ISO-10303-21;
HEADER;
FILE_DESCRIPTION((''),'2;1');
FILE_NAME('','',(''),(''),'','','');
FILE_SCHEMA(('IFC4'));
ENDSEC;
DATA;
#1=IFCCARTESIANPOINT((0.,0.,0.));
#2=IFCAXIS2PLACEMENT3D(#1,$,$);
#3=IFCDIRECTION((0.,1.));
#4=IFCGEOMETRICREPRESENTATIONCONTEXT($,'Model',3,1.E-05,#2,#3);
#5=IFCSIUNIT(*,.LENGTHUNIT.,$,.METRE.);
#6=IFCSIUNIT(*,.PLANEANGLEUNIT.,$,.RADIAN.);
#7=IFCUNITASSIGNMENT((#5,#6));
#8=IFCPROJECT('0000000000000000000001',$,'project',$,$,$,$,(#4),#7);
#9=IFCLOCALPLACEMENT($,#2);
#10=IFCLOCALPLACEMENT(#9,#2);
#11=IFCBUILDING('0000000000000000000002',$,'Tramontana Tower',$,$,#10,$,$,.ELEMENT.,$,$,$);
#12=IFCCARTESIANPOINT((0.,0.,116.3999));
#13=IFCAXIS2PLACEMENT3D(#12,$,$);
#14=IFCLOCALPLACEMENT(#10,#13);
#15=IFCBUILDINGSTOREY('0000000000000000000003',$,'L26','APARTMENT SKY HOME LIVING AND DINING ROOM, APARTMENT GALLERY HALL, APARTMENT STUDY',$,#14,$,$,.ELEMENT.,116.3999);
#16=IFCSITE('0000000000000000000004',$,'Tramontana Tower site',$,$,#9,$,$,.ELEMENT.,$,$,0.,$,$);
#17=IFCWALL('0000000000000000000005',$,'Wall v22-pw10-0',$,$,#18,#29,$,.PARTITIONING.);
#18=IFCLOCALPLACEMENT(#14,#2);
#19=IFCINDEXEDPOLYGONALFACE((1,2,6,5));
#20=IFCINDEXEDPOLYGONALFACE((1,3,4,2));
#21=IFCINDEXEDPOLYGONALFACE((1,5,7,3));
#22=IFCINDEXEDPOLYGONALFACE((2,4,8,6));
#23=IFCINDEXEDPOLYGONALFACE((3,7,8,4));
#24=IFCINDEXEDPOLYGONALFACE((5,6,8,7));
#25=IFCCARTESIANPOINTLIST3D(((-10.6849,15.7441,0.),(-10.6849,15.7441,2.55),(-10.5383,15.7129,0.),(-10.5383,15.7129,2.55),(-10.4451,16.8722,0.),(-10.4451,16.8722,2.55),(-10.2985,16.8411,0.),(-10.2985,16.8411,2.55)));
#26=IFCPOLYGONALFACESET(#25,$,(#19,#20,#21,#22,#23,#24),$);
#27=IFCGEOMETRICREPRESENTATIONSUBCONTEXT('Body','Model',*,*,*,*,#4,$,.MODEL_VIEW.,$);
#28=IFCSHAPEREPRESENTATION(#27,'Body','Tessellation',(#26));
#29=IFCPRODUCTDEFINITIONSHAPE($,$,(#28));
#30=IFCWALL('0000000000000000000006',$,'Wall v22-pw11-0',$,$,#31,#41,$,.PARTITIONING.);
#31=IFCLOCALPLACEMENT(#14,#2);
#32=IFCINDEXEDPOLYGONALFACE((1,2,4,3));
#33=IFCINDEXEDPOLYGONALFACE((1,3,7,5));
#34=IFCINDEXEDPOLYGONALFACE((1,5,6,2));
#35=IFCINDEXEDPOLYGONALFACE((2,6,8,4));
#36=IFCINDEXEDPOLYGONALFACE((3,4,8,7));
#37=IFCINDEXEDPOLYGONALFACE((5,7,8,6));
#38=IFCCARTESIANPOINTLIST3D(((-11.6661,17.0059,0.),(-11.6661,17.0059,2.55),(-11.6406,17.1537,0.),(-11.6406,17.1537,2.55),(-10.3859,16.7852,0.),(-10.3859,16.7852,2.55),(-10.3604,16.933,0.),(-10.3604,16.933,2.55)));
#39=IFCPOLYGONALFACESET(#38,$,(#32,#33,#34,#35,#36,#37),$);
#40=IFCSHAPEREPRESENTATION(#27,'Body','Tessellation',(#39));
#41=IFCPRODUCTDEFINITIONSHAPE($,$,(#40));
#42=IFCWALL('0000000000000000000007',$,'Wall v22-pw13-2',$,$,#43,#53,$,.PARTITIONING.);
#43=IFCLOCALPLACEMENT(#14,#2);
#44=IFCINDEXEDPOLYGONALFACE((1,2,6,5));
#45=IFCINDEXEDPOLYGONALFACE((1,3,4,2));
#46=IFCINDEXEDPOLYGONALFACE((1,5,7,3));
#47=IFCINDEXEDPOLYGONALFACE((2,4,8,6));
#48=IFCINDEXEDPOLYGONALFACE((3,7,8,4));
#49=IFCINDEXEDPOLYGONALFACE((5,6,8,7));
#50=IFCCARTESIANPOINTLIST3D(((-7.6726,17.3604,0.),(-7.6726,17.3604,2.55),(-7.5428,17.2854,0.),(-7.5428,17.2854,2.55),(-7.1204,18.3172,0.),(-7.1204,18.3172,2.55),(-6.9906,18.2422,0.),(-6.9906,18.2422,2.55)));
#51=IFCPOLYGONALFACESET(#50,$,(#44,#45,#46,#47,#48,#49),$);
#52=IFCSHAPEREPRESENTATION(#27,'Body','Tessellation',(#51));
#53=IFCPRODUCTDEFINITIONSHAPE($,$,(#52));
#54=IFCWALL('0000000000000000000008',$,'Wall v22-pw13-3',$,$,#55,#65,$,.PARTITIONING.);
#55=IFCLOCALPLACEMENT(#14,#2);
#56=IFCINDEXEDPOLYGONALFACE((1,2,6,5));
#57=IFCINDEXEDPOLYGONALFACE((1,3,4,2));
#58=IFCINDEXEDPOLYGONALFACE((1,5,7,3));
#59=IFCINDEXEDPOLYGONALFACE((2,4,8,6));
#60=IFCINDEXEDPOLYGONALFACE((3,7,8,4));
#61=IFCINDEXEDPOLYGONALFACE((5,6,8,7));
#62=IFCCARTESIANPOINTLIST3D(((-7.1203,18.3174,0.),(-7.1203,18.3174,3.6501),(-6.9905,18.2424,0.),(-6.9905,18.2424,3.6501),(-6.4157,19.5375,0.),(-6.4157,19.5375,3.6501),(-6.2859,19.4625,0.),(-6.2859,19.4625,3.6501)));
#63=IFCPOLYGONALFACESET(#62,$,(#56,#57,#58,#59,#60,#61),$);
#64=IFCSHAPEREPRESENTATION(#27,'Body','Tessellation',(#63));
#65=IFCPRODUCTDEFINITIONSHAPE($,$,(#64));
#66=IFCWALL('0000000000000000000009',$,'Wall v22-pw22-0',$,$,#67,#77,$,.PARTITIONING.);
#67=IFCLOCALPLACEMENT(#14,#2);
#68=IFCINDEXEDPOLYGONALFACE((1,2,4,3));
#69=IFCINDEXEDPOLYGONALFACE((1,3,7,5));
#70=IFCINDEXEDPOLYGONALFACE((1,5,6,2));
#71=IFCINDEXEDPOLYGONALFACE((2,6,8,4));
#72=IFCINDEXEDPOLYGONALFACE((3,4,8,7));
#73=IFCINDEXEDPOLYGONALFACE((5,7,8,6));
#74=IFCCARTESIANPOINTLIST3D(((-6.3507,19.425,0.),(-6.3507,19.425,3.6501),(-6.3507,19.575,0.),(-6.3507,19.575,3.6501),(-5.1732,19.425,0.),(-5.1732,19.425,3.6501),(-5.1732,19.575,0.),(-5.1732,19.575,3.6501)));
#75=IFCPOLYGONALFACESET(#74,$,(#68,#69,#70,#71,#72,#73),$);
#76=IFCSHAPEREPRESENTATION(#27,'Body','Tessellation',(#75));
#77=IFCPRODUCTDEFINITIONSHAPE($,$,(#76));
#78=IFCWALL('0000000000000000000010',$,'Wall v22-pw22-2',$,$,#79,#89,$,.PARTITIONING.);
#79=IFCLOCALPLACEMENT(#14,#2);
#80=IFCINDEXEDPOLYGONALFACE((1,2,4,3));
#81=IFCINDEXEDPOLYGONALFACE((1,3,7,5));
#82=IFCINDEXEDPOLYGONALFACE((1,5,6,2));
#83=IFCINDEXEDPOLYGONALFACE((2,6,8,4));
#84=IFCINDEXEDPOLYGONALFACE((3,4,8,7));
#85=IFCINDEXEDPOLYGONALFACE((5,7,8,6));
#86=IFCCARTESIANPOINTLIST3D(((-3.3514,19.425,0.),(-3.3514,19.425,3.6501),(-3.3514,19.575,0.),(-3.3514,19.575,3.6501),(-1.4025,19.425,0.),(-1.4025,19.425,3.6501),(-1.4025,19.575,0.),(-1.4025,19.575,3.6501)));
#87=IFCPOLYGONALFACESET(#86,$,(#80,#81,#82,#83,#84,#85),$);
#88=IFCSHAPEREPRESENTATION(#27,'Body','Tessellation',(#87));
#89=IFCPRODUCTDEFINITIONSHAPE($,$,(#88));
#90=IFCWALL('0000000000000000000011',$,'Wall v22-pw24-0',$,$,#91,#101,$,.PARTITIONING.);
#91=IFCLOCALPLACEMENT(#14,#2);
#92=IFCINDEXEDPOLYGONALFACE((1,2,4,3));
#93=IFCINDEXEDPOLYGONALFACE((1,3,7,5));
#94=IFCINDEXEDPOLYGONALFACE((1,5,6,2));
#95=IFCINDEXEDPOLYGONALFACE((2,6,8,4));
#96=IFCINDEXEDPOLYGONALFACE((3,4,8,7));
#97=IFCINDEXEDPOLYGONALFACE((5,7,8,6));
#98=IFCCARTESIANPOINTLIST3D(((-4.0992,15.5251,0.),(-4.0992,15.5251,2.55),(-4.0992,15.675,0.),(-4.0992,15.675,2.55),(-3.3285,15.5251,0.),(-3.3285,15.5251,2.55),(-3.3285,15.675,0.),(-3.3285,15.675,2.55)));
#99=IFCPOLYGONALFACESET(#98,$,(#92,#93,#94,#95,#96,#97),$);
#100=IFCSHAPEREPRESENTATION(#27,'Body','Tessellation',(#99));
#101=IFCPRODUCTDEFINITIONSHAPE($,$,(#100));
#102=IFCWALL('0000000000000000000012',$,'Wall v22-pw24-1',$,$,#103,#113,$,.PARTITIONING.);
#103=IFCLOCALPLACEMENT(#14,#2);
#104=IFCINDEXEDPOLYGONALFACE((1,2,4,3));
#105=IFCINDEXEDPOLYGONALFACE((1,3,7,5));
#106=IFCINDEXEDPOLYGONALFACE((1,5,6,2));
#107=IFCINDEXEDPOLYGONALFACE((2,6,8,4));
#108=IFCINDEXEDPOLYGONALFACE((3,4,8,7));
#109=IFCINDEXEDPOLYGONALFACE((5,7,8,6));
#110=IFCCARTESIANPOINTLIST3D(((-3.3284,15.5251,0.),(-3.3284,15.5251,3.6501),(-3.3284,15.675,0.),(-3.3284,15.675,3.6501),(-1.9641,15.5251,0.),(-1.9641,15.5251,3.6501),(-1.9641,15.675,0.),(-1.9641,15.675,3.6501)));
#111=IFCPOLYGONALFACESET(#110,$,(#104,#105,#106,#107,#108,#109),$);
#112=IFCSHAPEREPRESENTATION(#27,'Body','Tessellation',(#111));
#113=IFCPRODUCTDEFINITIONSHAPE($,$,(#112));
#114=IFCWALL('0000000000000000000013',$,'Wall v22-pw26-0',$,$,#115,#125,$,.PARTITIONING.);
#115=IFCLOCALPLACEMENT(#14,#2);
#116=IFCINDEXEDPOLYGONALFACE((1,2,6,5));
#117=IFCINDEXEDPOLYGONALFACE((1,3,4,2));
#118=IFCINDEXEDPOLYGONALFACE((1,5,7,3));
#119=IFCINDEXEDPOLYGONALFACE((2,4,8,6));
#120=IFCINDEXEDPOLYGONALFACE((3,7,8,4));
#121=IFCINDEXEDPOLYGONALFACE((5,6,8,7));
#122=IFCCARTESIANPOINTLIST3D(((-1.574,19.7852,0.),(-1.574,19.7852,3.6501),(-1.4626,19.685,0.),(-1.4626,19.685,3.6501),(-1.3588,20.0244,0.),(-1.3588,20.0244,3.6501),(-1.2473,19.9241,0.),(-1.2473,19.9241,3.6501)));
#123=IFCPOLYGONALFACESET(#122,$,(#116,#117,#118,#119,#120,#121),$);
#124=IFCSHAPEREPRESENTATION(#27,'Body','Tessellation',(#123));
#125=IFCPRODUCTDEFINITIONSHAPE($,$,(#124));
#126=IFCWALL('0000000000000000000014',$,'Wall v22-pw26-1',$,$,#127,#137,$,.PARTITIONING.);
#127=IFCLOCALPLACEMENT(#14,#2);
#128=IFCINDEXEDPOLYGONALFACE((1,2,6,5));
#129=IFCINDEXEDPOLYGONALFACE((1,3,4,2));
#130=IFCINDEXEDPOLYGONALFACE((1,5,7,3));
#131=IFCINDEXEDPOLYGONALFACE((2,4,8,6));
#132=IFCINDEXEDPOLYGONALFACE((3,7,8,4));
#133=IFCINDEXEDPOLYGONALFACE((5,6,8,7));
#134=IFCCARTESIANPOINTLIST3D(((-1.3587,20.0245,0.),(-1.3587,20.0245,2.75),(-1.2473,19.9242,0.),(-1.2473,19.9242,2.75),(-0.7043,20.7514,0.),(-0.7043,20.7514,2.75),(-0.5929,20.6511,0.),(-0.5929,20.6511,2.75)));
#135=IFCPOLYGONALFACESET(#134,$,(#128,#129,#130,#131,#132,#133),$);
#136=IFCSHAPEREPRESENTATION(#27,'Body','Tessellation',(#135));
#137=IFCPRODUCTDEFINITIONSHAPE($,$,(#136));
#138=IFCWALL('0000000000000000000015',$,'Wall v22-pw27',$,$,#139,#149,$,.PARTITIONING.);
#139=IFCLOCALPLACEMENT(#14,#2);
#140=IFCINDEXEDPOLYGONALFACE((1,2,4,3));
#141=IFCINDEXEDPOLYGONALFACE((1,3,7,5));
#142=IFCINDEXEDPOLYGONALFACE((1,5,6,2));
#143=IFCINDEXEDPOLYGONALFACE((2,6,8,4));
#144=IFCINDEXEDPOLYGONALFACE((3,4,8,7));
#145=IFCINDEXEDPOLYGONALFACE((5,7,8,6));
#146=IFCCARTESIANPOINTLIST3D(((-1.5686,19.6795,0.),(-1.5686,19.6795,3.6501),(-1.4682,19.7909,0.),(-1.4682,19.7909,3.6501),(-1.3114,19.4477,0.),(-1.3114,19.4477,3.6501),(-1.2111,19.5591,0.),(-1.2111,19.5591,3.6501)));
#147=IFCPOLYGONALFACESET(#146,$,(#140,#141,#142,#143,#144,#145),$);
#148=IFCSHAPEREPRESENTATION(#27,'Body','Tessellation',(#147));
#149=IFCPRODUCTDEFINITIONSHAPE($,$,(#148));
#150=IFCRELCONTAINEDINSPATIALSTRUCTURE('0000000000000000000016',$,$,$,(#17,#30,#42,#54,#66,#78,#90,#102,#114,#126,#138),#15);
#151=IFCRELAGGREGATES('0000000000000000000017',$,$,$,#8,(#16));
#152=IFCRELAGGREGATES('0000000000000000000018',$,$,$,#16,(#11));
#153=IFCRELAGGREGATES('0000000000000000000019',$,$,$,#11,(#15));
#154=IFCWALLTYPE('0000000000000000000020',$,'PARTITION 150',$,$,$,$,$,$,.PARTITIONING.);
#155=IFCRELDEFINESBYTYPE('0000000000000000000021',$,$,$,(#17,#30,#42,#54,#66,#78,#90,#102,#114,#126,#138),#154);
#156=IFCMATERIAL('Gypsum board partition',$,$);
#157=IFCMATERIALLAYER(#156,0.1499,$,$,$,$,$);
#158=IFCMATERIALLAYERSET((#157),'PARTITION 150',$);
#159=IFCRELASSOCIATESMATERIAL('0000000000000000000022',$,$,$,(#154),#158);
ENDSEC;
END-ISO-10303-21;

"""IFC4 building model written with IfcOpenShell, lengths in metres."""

from ifc_helpers import new_model, si_unit, direction, frame, frame_2d, origin, place, context, subcontext, project, spatial, rectangle, extrude, material, layer, layer_set, type_object, element, save


model = new_model("IFC4")

# Units and contexts
model_context = context("Model", 3, precision=1e-05, world=origin(), true_north=direction((0.0, 1.0)))
body_context = subcontext(model_context, "Body", "Model", "MODEL_VIEW")
ifc_project = project(units=[si_unit("LENGTHUNIT", "METRE"), si_unit("PLANEANGLEUNIT", "RADIAN")], contexts=[model_context])

# Site, building, storey
site_placement = place(None, origin())
site = spatial("IfcSite", under=ifc_project, at=site_placement, Name="Tramontana Tower site", CompositionType="ELEMENT", RefElevation=0.0)
building_placement = place(site_placement, origin())
building = spatial("IfcBuilding", under=site, at=building_placement, Name="Tramontana Tower", CompositionType="ELEMENT")
storey_placement = place(building_placement, frame((0.0, 0.0, 116.3999)))
storey = spatial("IfcBuildingStorey", under=building, at=storey_placement, Name="L26", Description="APARTMENT SKY HOME LIVING AND DINING ROOM, APARTMENT GALLERY HALL, APARTMENT STUDY", CompositionType="ELEMENT", Elevation=116.3999)

# Walls
ifc_material_1 = material(Name="Gypsum board partition")
ifc_layer_1 = layer(ifc_material_1, 0.1499)
ifc_layer_set_1 = layer_set([ifc_layer_1], Name="PARTITION 150")
wall_type_1 = type_object("IfcWallType", Name="PARTITION 150", PredefinedType="PARTITIONING", material=ifc_layer_set_1)
wall_1_placement = place(storey_placement, frame((-10.6116, 15.7285, 0.0), z_axis=(0.0, 0.0, 1.0), x_axis=(0.207866, 0.978157, 0.0)))
element("IfcWall", 1, at=wall_1_placement, inside=storey, type_object=wall_type_1, Name="Wall v22-pw10-0", PredefinedType="PARTITIONING", context=body_context, shape_type="SweptSolid", body=[
    extrude(rectangle(XDim=1.1533, YDim=0.1499, at=frame_2d((0.5767, 0.0))), origin(), (0.0, 0.0, 1.0), 2.55),
])
wall_2_placement = place(storey_placement, frame((-10.3733, 16.8591, 0.0), z_axis=(0.0, 0.0, 1.0), x_axis=(-0.985464, 0.169882, 0.0)))
element("IfcWall", 2, at=wall_2_placement, inside=storey, type_object=wall_type_1, Name="Wall v22-pw11-0", PredefinedType="PARTITIONING", context=body_context, shape_type="SweptSolid", body=[
    extrude(rectangle(XDim=1.2991, YDim=0.1499, at=frame_2d((0.6494, 0.0))), origin(), (0.0, 0.0, 1.0), 2.55),
])
wall_3_placement = place(storey_placement, frame((-7.6077, 17.323, 0.0), z_axis=(0.0, 0.0, 1.0), x_axis=(0.499895, 0.866086, 0.0)))
element("IfcWall", 3, at=wall_3_placement, inside=storey, type_object=wall_type_1, Name="Wall v22-pw13-2", PredefinedType="PARTITIONING", context=body_context, shape_type="SweptSolid", body=[
    extrude(rectangle(XDim=1.1047, YDim=0.1499, at=frame_2d((0.5522, 0.0))), origin(), (0.0, 0.0, 1.0), 2.55),
])
wall_4_placement = place(storey_placement, frame((-7.0554, 18.2798, 0.0), z_axis=(0.0, 0.0, 1.0), x_axis=(0.500052, 0.865995, 0.0)))
element("IfcWall", 4, at=wall_4_placement, inside=storey, type_object=wall_type_1, Name="Wall v22-pw13-3", PredefinedType="PARTITIONING", context=body_context, shape_type="SweptSolid", body=[
    extrude(rectangle(XDim=1.4089, YDim=0.1499, at=frame_2d((0.7046, 0.0))), origin(), (0.0, 0.0, 1.0), 3.6501),
])
wall_5_placement = place(storey_placement, frame((-6.3508, 19.5, 0.0), z_axis=(0.0, 0.0, 1.0), x_axis=(1.0, 0.0, 0.0)))
element("IfcWall", 5, at=wall_5_placement, inside=storey, type_object=wall_type_1, Name="Wall v22-pw22-0", PredefinedType="PARTITIONING", context=body_context, shape_type="SweptSolid", body=[
    extrude(rectangle(XDim=1.1775, YDim=0.1499, at=frame_2d((0.5889, 0.0))), origin(), (0.0, 0.0, 1.0), 3.6501),
])

# Walls
wall_6_placement = place(storey_placement, frame((-3.3516, 19.5, 0.0), z_axis=(0.0, 0.0, 1.0), x_axis=(1.0, 0.0, 0.0)))
element("IfcWall", 6, at=wall_6_placement, inside=storey, type_object=wall_type_1, Name="Wall v22-pw22-2", PredefinedType="PARTITIONING", context=body_context, shape_type="SweptSolid", body=[
    extrude(rectangle(XDim=1.949, YDim=0.1499, at=frame_2d((0.9746, 0.0))), origin(), (0.0, 0.0, 1.0), 3.6501),
])
wall_7_placement = place(storey_placement, frame((-4.0991, 15.6001, 0.0), z_axis=(0.0, 0.0, 1.0), x_axis=(1.0, 0.0, 0.0)))
element("IfcWall", 7, at=wall_7_placement, inside=storey, type_object=wall_type_1, Name="Wall v22-pw24-0", PredefinedType="PARTITIONING", context=body_context, shape_type="SweptSolid", body=[
    extrude(rectangle(XDim=0.7708, YDim=0.1499, at=frame_2d((0.3853, 0.0))), origin(), (0.0, 0.0, 1.0), 2.55),
])
wall_8_placement = place(storey_placement, frame((-3.3284, 15.6001, 0.0), z_axis=(0.0, 0.0, 1.0), x_axis=(1.0, 0.0, 0.0)))
element("IfcWall", 8, at=wall_8_placement, inside=storey, type_object=wall_type_1, Name="Wall v22-pw24-1", PredefinedType="PARTITIONING", context=body_context, shape_type="SweptSolid", body=[
    extrude(rectangle(XDim=1.3643, YDim=0.1499, at=frame_2d((0.6821, 0.0))), origin(), (0.0, 0.0, 1.0), 3.6501),
])

# Walls
wall_9_placement = place(storey_placement, frame((-1.5183, 19.7351, 0.0), z_axis=(0.0, 0.0, 1.0), x_axis=(0.668965, 0.743294, 0.0)))
element("IfcWall", 9, at=wall_9_placement, inside=storey, type_object=wall_type_1, Name="Wall v22-pw26-0", PredefinedType="PARTITIONING", context=body_context, shape_type="SweptSolid", body=[
    extrude(rectangle(XDim=0.3218, YDim=0.1499, at=frame_2d((0.1609, 0.0))), origin(), (0.0, 0.0, 1.0), 3.6501),
])
wall_10_placement = place(storey_placement, frame((-1.303, 19.9744, 0.0), z_axis=(0.0, 0.0, 1.0), x_axis=(0.669061, 0.743207, 0.0)))
element("IfcWall", 10, at=wall_10_placement, inside=storey, type_object=wall_type_1, Name="Wall v22-pw26-1", PredefinedType="PARTITIONING", context=body_context, shape_type="SweptSolid", body=[
    extrude(rectangle(XDim=0.978, YDim=0.1499, at=frame_2d((0.489, 0.0))), origin(), (0.0, 0.0, 1.0), 2.75),
])
wall_11_placement = place(storey_placement, frame((-1.2612, 19.5034, 0.0), z_axis=(0.0, 0.0, 1.0), x_axis=(-0.742838, 0.669471, 0.0)))
element("IfcWall", 11, at=wall_11_placement, inside=storey, type_object=wall_type_1, Name="Wall v22-pw27", PredefinedType="PARTITIONING", context=body_context, shape_type="SweptSolid", body=[
    extrude(rectangle(XDim=0.3462, YDim=0.1499, at=frame_2d((0.1731, 0.0))), origin(), (0.0, 0.0, 1.0), 3.6501),
])

save(model, "model.ifc")
